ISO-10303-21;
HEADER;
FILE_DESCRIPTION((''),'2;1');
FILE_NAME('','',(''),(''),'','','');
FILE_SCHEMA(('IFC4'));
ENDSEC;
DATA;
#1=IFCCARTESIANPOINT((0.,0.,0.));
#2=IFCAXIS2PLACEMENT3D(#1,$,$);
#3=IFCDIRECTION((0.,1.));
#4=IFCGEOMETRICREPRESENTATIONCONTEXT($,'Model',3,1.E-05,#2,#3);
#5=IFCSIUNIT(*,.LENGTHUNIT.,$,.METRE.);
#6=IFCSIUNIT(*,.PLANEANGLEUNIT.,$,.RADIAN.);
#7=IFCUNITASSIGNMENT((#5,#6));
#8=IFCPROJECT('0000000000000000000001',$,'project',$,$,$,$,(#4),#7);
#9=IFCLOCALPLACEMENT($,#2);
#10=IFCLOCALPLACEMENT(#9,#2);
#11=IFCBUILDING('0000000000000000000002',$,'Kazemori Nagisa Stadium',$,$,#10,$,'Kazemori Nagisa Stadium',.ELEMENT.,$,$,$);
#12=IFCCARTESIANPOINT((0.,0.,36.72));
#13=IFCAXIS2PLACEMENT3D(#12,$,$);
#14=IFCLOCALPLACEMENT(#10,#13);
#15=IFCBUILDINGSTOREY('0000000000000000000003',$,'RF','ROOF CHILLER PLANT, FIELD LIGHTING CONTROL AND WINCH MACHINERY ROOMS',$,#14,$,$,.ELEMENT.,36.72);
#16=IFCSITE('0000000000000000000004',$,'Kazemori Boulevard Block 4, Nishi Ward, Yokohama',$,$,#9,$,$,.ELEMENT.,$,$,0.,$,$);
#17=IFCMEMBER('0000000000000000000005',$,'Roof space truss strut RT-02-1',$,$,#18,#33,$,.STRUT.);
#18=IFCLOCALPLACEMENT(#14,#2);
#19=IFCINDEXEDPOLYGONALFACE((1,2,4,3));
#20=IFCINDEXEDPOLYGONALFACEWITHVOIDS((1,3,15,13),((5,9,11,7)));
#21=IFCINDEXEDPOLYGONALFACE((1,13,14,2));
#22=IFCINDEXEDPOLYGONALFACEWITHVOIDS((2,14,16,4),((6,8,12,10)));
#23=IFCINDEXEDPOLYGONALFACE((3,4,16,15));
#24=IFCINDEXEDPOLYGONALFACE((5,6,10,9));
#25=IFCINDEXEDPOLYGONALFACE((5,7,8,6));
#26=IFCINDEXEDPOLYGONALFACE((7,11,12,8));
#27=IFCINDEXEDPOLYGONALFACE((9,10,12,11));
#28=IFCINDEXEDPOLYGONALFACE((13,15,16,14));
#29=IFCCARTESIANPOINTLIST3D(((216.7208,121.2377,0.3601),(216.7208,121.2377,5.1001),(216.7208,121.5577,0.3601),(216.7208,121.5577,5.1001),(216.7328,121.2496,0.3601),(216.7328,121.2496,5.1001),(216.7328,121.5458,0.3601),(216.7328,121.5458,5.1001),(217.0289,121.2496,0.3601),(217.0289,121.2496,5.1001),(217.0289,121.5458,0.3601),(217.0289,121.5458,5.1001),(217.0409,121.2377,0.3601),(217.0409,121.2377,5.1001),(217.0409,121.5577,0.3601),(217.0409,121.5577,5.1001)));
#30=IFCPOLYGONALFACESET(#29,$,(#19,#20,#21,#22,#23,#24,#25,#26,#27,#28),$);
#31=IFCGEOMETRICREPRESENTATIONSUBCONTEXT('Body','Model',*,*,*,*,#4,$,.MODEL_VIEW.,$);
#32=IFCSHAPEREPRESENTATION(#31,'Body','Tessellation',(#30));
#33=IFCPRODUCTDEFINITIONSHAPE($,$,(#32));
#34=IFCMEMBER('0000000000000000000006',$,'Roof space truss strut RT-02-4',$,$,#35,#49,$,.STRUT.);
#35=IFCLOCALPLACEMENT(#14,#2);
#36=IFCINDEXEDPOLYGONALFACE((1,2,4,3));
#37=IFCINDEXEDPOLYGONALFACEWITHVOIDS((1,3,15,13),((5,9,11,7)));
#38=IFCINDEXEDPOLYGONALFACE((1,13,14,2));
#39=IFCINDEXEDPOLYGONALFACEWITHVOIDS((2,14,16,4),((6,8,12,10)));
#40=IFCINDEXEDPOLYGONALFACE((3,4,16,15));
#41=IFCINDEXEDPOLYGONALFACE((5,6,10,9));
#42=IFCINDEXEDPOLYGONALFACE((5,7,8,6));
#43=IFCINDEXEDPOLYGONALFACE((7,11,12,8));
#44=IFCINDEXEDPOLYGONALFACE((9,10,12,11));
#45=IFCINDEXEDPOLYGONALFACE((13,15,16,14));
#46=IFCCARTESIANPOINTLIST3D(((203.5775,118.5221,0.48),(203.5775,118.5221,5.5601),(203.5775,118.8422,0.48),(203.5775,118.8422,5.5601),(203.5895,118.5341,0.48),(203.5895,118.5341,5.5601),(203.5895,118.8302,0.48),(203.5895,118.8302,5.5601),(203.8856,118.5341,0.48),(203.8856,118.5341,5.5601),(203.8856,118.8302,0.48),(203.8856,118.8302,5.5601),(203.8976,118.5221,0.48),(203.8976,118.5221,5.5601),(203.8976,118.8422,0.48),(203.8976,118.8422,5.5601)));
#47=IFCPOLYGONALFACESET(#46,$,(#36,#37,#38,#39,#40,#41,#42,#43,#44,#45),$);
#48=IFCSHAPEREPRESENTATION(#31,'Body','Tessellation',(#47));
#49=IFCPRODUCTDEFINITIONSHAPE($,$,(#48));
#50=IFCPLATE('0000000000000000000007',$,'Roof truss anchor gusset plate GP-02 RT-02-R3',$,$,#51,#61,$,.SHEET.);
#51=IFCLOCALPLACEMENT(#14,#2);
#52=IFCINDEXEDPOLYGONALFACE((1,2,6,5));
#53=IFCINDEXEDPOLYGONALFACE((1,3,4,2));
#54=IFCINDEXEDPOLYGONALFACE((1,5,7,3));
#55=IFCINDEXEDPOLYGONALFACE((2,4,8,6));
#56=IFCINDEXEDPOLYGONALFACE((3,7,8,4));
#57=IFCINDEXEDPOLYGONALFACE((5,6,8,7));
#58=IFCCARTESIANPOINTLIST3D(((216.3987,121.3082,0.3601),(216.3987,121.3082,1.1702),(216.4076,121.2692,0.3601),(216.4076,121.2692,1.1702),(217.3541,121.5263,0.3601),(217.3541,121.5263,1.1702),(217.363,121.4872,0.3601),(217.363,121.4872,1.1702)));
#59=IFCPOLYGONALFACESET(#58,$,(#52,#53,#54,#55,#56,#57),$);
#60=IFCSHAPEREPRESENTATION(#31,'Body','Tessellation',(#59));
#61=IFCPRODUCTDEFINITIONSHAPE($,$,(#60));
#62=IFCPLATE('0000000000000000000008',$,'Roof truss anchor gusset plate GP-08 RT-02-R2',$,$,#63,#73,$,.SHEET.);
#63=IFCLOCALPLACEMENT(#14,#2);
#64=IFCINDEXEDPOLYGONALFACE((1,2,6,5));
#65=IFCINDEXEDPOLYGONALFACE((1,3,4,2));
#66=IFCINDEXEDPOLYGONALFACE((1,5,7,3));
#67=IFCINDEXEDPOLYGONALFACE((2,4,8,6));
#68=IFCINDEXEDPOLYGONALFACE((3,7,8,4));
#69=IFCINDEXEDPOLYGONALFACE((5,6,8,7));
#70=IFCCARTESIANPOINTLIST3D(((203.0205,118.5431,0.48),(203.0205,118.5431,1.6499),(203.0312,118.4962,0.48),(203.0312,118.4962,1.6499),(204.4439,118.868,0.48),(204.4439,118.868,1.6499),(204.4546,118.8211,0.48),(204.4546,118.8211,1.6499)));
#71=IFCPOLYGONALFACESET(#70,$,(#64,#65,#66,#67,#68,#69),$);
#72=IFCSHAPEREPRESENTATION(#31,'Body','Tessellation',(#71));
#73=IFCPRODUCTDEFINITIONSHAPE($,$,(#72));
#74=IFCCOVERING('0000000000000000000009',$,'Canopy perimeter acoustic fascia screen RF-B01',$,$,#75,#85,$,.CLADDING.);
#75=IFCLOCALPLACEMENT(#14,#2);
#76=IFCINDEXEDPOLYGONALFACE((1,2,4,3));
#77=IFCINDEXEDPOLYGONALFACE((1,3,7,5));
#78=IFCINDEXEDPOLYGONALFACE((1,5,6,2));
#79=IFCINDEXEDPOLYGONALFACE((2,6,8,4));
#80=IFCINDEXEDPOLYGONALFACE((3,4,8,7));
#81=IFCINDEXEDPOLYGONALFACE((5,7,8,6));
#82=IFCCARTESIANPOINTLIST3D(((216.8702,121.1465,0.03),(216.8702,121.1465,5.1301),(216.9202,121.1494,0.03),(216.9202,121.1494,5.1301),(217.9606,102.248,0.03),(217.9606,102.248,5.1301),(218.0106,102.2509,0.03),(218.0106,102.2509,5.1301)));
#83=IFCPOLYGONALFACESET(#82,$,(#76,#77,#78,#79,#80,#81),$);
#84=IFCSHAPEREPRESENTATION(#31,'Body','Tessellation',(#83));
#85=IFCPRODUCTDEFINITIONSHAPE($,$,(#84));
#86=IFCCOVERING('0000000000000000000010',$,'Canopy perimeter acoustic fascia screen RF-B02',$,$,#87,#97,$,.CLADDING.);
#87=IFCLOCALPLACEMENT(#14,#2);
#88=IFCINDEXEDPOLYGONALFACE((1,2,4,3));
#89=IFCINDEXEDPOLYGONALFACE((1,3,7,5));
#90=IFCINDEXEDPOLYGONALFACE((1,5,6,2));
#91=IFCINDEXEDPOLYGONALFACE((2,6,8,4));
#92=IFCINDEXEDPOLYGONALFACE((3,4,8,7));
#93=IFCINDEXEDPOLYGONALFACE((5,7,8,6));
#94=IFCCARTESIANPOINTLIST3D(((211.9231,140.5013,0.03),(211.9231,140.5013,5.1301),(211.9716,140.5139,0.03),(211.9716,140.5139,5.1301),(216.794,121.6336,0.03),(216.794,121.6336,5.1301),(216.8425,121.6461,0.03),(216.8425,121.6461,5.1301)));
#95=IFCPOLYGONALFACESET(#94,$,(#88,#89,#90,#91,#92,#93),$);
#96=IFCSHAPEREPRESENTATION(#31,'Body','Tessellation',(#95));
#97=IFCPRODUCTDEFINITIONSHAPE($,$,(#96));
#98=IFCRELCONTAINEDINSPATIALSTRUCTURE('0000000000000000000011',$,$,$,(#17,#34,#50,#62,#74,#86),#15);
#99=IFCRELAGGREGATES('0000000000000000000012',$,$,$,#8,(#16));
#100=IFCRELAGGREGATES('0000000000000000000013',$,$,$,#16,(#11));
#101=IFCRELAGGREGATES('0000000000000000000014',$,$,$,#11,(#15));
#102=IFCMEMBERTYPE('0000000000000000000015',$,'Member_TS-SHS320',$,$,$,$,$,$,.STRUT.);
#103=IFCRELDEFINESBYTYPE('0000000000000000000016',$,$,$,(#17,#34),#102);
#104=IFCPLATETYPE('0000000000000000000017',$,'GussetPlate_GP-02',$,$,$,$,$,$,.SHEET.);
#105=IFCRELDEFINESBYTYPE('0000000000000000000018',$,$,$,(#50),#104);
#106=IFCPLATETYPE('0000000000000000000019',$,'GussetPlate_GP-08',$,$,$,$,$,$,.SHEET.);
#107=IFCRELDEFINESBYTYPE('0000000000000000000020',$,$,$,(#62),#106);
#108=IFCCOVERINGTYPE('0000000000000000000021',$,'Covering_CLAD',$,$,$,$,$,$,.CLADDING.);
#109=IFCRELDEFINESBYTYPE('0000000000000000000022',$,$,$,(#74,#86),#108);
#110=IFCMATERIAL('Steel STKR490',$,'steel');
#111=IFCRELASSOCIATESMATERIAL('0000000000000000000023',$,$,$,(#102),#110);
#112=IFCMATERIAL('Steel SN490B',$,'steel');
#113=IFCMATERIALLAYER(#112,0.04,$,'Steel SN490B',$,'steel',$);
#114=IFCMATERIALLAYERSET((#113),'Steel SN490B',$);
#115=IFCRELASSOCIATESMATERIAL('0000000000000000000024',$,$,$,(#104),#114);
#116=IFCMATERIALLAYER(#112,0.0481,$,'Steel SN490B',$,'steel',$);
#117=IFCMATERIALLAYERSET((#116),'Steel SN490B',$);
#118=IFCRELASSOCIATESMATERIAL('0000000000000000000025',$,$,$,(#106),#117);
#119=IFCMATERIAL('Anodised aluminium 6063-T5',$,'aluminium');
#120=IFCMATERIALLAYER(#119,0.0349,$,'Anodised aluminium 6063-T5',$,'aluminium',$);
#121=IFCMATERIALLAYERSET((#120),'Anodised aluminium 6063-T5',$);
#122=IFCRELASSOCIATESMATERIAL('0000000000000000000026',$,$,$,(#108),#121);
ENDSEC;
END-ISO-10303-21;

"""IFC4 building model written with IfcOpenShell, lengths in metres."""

from ifc_helpers import new_model, si_unit, direction, frame, origin, origin_2d, place, context, subcontext, project, spatial, rectangle, hollow_rectangle, extrude, material, layer, layer_set, material_profile, profile_set, type_object, element, save


model = new_model("IFC4")

# Units and contexts
model_context = context("Model", 3, precision=1e-05, world=origin(), true_north=direction((0.0, 1.0)))
body_context = subcontext(model_context, "Body", "Model", "MODEL_VIEW")
ifc_project = project(units=[si_unit("LENGTHUNIT", "METRE"), si_unit("PLANEANGLEUNIT", "RADIAN")], contexts=[model_context])

# Site, building, storey
site_placement = place(None, origin())
site = spatial("IfcSite", under=ifc_project, at=site_placement, Name="Kazemori Boulevard Block 4, Nishi Ward, Yokohama", CompositionType="ELEMENT", RefElevation=0.0)
building_placement = place(site_placement, origin())
building = spatial("IfcBuilding", under=site, at=building_placement, Name="Kazemori Nagisa Stadium", LongName="Kazemori Nagisa Stadium", CompositionType="ELEMENT")
storey_placement = place(building_placement, frame((0.0, 0.0, 36.72)))
storey = spatial("IfcBuildingStorey", under=building, at=storey_placement, Name="RF", Description="ROOF CHILLER PLANT, FIELD LIGHTING CONTROL AND WINCH MACHINERY ROOMS", CompositionType="ELEMENT", Elevation=36.72)

# Shared definitions
ifc_material_1 = material(Name="Steel SN490B", Category="steel")

# Members
ifc_material_2 = material(Name="Steel STKR490", Category="steel")
ifc_material_profile_1 = material_profile(ifc_material_2, hollow_rectangle(XDim=0.3201, YDim=0.3201, WallThickness=0.012, at=origin_2d()), Name="SHS-320x320x12")
ifc_profile_set_1 = profile_set([ifc_material_profile_1], Name="Steel STKR490")
member_type_1 = type_object("IfcMemberType", Name="Member_TS-SHS320", PredefinedType="STRUT", material=ifc_profile_set_1)
member_1_placement = place(storey_placement, frame((216.8809, 121.3977, 0.3601), z_axis=(0.0, 0.0, 1.0), x_axis=(1.0, 0.0, 0.0)))
element("IfcMember", 1, at=member_1_placement, inside=storey, type_object=member_type_1, Name="Roof space truss strut RT-02-1", PredefinedType="STRUT", context=body_context, shape_type="SweptSolid", body=[
    extrude(hollow_rectangle(XDim=0.3201, YDim=0.3201, WallThickness=0.012, at=origin_2d()), origin(), (0.0, 0.0, 1.0), 4.74),
])
member_2_placement = place(storey_placement, frame((203.7375, 118.6821, 0.48), z_axis=(0.0, 0.0, 1.0), x_axis=(1.0, 0.0, 0.0)))
element("IfcMember", 2, at=member_2_placement, inside=storey, type_object=member_type_1, Name="Roof space truss strut RT-02-4", PredefinedType="STRUT", context=body_context, shape_type="SweptSolid", body=[
    extrude(hollow_rectangle(XDim=0.3201, YDim=0.3201, WallThickness=0.012, at=origin_2d()), origin(), (0.0, 0.0, 1.0), 5.0801),
])

# Plates
ifc_layer_1 = layer(ifc_material_1, 0.04, Name="Steel SN490B", Category="steel")
ifc_layer_set_1 = layer_set([ifc_layer_1], Name="Steel SN490B")
plate_type_1 = type_object("IfcPlateType", Name="GussetPlate_GP-02", PredefinedType="SHEET", material=ifc_layer_set_1)
plate_1_placement = place(storey_placement, frame((216.8809, 121.3977, 0.3601), z_axis=(0.0, 0.0, 1.0), x_axis=(0.974928, 0.222521, 0.0)))
element("IfcPlate", 3, at=plate_1_placement, inside=storey, type_object=plate_type_1, Name="Roof truss anchor gusset plate GP-02 RT-02-R3", PredefinedType="SHEET", context=body_context, shape_type="SweptSolid", body=[
    extrude(rectangle(XDim=0.98, YDim=0.04, at=origin_2d()), origin(), (0.0, 0.0, 1.0), 0.8101),
])
ifc_layer_2 = layer(ifc_material_1, 0.0481, Name="Steel SN490B", Category="steel")
ifc_layer_set_2 = layer_set([ifc_layer_2], Name="Steel SN490B")
plate_type_2 = type_object("IfcPlateType", Name="GussetPlate_GP-08", PredefinedType="SHEET", material=ifc_layer_set_2)
plate_2_placement = place(storey_placement, frame((203.7375, 118.6821, 0.48), z_axis=(0.0, 0.0, 1.0), x_axis=(0.974928, 0.222521, 0.0)))
element("IfcPlate", 4, at=plate_2_placement, inside=storey, type_object=plate_type_2, Name="Roof truss anchor gusset plate GP-08 RT-02-R2", PredefinedType="SHEET", context=body_context, shape_type="SweptSolid", body=[
    extrude(rectangle(XDim=1.46, YDim=0.0481, at=origin_2d()), origin(), (0.0, 0.0, 1.0), 1.1699),
])

# Coverings
ifc_material_3 = material(Name="Anodised aluminium 6063-T5", Category="aluminium")
ifc_layer_3 = layer(ifc_material_3, 0.0349, Name="Anodised aluminium 6063-T5", Category="aluminium")
ifc_layer_set_3 = layer_set([ifc_layer_3], Name="Anodised aluminium 6063-T5")
covering_type = type_object("IfcCoveringType", Name="Covering_CLAD", PredefinedType="CLADDING", material=ifc_layer_set_3)
covering_1_placement = place(storey_placement, frame((217.4404, 111.6987, 0.03), z_axis=(0.0, 0.0, 1.0), x_axis=(-0.057602, 0.99834, 0.0)))
element("IfcCovering", 5, at=covering_1_placement, inside=storey, type_object=covering_type, Name="Canopy perimeter acoustic fascia screen RF-B01", PredefinedType="CLADDING", context=body_context, shape_type="SweptSolid", body=[
    extrude(rectangle(XDim=18.9299, YDim=0.05, at=origin_2d()), origin(), (0.0, 0.0, 1.0), 5.1001),
])
covering_2_placement = place(storey_placement, frame((214.3828, 131.0737, 0.03), z_axis=(0.0, 0.0, 1.0), x_axis=(-0.249965, 0.968255, 0.0)))
element("IfcCovering", 6, at=covering_2_placement, inside=storey, type_object=covering_type, Name="Canopy perimeter acoustic fascia screen RF-B02", PredefinedType="CLADDING", context=body_context, shape_type="SweptSolid", body=[
    extrude(rectangle(XDim=19.4863, YDim=0.05, at=origin_2d()), origin(), (0.0, 0.0, 1.0), 5.1001),
])

save(model, "model.ifc")
